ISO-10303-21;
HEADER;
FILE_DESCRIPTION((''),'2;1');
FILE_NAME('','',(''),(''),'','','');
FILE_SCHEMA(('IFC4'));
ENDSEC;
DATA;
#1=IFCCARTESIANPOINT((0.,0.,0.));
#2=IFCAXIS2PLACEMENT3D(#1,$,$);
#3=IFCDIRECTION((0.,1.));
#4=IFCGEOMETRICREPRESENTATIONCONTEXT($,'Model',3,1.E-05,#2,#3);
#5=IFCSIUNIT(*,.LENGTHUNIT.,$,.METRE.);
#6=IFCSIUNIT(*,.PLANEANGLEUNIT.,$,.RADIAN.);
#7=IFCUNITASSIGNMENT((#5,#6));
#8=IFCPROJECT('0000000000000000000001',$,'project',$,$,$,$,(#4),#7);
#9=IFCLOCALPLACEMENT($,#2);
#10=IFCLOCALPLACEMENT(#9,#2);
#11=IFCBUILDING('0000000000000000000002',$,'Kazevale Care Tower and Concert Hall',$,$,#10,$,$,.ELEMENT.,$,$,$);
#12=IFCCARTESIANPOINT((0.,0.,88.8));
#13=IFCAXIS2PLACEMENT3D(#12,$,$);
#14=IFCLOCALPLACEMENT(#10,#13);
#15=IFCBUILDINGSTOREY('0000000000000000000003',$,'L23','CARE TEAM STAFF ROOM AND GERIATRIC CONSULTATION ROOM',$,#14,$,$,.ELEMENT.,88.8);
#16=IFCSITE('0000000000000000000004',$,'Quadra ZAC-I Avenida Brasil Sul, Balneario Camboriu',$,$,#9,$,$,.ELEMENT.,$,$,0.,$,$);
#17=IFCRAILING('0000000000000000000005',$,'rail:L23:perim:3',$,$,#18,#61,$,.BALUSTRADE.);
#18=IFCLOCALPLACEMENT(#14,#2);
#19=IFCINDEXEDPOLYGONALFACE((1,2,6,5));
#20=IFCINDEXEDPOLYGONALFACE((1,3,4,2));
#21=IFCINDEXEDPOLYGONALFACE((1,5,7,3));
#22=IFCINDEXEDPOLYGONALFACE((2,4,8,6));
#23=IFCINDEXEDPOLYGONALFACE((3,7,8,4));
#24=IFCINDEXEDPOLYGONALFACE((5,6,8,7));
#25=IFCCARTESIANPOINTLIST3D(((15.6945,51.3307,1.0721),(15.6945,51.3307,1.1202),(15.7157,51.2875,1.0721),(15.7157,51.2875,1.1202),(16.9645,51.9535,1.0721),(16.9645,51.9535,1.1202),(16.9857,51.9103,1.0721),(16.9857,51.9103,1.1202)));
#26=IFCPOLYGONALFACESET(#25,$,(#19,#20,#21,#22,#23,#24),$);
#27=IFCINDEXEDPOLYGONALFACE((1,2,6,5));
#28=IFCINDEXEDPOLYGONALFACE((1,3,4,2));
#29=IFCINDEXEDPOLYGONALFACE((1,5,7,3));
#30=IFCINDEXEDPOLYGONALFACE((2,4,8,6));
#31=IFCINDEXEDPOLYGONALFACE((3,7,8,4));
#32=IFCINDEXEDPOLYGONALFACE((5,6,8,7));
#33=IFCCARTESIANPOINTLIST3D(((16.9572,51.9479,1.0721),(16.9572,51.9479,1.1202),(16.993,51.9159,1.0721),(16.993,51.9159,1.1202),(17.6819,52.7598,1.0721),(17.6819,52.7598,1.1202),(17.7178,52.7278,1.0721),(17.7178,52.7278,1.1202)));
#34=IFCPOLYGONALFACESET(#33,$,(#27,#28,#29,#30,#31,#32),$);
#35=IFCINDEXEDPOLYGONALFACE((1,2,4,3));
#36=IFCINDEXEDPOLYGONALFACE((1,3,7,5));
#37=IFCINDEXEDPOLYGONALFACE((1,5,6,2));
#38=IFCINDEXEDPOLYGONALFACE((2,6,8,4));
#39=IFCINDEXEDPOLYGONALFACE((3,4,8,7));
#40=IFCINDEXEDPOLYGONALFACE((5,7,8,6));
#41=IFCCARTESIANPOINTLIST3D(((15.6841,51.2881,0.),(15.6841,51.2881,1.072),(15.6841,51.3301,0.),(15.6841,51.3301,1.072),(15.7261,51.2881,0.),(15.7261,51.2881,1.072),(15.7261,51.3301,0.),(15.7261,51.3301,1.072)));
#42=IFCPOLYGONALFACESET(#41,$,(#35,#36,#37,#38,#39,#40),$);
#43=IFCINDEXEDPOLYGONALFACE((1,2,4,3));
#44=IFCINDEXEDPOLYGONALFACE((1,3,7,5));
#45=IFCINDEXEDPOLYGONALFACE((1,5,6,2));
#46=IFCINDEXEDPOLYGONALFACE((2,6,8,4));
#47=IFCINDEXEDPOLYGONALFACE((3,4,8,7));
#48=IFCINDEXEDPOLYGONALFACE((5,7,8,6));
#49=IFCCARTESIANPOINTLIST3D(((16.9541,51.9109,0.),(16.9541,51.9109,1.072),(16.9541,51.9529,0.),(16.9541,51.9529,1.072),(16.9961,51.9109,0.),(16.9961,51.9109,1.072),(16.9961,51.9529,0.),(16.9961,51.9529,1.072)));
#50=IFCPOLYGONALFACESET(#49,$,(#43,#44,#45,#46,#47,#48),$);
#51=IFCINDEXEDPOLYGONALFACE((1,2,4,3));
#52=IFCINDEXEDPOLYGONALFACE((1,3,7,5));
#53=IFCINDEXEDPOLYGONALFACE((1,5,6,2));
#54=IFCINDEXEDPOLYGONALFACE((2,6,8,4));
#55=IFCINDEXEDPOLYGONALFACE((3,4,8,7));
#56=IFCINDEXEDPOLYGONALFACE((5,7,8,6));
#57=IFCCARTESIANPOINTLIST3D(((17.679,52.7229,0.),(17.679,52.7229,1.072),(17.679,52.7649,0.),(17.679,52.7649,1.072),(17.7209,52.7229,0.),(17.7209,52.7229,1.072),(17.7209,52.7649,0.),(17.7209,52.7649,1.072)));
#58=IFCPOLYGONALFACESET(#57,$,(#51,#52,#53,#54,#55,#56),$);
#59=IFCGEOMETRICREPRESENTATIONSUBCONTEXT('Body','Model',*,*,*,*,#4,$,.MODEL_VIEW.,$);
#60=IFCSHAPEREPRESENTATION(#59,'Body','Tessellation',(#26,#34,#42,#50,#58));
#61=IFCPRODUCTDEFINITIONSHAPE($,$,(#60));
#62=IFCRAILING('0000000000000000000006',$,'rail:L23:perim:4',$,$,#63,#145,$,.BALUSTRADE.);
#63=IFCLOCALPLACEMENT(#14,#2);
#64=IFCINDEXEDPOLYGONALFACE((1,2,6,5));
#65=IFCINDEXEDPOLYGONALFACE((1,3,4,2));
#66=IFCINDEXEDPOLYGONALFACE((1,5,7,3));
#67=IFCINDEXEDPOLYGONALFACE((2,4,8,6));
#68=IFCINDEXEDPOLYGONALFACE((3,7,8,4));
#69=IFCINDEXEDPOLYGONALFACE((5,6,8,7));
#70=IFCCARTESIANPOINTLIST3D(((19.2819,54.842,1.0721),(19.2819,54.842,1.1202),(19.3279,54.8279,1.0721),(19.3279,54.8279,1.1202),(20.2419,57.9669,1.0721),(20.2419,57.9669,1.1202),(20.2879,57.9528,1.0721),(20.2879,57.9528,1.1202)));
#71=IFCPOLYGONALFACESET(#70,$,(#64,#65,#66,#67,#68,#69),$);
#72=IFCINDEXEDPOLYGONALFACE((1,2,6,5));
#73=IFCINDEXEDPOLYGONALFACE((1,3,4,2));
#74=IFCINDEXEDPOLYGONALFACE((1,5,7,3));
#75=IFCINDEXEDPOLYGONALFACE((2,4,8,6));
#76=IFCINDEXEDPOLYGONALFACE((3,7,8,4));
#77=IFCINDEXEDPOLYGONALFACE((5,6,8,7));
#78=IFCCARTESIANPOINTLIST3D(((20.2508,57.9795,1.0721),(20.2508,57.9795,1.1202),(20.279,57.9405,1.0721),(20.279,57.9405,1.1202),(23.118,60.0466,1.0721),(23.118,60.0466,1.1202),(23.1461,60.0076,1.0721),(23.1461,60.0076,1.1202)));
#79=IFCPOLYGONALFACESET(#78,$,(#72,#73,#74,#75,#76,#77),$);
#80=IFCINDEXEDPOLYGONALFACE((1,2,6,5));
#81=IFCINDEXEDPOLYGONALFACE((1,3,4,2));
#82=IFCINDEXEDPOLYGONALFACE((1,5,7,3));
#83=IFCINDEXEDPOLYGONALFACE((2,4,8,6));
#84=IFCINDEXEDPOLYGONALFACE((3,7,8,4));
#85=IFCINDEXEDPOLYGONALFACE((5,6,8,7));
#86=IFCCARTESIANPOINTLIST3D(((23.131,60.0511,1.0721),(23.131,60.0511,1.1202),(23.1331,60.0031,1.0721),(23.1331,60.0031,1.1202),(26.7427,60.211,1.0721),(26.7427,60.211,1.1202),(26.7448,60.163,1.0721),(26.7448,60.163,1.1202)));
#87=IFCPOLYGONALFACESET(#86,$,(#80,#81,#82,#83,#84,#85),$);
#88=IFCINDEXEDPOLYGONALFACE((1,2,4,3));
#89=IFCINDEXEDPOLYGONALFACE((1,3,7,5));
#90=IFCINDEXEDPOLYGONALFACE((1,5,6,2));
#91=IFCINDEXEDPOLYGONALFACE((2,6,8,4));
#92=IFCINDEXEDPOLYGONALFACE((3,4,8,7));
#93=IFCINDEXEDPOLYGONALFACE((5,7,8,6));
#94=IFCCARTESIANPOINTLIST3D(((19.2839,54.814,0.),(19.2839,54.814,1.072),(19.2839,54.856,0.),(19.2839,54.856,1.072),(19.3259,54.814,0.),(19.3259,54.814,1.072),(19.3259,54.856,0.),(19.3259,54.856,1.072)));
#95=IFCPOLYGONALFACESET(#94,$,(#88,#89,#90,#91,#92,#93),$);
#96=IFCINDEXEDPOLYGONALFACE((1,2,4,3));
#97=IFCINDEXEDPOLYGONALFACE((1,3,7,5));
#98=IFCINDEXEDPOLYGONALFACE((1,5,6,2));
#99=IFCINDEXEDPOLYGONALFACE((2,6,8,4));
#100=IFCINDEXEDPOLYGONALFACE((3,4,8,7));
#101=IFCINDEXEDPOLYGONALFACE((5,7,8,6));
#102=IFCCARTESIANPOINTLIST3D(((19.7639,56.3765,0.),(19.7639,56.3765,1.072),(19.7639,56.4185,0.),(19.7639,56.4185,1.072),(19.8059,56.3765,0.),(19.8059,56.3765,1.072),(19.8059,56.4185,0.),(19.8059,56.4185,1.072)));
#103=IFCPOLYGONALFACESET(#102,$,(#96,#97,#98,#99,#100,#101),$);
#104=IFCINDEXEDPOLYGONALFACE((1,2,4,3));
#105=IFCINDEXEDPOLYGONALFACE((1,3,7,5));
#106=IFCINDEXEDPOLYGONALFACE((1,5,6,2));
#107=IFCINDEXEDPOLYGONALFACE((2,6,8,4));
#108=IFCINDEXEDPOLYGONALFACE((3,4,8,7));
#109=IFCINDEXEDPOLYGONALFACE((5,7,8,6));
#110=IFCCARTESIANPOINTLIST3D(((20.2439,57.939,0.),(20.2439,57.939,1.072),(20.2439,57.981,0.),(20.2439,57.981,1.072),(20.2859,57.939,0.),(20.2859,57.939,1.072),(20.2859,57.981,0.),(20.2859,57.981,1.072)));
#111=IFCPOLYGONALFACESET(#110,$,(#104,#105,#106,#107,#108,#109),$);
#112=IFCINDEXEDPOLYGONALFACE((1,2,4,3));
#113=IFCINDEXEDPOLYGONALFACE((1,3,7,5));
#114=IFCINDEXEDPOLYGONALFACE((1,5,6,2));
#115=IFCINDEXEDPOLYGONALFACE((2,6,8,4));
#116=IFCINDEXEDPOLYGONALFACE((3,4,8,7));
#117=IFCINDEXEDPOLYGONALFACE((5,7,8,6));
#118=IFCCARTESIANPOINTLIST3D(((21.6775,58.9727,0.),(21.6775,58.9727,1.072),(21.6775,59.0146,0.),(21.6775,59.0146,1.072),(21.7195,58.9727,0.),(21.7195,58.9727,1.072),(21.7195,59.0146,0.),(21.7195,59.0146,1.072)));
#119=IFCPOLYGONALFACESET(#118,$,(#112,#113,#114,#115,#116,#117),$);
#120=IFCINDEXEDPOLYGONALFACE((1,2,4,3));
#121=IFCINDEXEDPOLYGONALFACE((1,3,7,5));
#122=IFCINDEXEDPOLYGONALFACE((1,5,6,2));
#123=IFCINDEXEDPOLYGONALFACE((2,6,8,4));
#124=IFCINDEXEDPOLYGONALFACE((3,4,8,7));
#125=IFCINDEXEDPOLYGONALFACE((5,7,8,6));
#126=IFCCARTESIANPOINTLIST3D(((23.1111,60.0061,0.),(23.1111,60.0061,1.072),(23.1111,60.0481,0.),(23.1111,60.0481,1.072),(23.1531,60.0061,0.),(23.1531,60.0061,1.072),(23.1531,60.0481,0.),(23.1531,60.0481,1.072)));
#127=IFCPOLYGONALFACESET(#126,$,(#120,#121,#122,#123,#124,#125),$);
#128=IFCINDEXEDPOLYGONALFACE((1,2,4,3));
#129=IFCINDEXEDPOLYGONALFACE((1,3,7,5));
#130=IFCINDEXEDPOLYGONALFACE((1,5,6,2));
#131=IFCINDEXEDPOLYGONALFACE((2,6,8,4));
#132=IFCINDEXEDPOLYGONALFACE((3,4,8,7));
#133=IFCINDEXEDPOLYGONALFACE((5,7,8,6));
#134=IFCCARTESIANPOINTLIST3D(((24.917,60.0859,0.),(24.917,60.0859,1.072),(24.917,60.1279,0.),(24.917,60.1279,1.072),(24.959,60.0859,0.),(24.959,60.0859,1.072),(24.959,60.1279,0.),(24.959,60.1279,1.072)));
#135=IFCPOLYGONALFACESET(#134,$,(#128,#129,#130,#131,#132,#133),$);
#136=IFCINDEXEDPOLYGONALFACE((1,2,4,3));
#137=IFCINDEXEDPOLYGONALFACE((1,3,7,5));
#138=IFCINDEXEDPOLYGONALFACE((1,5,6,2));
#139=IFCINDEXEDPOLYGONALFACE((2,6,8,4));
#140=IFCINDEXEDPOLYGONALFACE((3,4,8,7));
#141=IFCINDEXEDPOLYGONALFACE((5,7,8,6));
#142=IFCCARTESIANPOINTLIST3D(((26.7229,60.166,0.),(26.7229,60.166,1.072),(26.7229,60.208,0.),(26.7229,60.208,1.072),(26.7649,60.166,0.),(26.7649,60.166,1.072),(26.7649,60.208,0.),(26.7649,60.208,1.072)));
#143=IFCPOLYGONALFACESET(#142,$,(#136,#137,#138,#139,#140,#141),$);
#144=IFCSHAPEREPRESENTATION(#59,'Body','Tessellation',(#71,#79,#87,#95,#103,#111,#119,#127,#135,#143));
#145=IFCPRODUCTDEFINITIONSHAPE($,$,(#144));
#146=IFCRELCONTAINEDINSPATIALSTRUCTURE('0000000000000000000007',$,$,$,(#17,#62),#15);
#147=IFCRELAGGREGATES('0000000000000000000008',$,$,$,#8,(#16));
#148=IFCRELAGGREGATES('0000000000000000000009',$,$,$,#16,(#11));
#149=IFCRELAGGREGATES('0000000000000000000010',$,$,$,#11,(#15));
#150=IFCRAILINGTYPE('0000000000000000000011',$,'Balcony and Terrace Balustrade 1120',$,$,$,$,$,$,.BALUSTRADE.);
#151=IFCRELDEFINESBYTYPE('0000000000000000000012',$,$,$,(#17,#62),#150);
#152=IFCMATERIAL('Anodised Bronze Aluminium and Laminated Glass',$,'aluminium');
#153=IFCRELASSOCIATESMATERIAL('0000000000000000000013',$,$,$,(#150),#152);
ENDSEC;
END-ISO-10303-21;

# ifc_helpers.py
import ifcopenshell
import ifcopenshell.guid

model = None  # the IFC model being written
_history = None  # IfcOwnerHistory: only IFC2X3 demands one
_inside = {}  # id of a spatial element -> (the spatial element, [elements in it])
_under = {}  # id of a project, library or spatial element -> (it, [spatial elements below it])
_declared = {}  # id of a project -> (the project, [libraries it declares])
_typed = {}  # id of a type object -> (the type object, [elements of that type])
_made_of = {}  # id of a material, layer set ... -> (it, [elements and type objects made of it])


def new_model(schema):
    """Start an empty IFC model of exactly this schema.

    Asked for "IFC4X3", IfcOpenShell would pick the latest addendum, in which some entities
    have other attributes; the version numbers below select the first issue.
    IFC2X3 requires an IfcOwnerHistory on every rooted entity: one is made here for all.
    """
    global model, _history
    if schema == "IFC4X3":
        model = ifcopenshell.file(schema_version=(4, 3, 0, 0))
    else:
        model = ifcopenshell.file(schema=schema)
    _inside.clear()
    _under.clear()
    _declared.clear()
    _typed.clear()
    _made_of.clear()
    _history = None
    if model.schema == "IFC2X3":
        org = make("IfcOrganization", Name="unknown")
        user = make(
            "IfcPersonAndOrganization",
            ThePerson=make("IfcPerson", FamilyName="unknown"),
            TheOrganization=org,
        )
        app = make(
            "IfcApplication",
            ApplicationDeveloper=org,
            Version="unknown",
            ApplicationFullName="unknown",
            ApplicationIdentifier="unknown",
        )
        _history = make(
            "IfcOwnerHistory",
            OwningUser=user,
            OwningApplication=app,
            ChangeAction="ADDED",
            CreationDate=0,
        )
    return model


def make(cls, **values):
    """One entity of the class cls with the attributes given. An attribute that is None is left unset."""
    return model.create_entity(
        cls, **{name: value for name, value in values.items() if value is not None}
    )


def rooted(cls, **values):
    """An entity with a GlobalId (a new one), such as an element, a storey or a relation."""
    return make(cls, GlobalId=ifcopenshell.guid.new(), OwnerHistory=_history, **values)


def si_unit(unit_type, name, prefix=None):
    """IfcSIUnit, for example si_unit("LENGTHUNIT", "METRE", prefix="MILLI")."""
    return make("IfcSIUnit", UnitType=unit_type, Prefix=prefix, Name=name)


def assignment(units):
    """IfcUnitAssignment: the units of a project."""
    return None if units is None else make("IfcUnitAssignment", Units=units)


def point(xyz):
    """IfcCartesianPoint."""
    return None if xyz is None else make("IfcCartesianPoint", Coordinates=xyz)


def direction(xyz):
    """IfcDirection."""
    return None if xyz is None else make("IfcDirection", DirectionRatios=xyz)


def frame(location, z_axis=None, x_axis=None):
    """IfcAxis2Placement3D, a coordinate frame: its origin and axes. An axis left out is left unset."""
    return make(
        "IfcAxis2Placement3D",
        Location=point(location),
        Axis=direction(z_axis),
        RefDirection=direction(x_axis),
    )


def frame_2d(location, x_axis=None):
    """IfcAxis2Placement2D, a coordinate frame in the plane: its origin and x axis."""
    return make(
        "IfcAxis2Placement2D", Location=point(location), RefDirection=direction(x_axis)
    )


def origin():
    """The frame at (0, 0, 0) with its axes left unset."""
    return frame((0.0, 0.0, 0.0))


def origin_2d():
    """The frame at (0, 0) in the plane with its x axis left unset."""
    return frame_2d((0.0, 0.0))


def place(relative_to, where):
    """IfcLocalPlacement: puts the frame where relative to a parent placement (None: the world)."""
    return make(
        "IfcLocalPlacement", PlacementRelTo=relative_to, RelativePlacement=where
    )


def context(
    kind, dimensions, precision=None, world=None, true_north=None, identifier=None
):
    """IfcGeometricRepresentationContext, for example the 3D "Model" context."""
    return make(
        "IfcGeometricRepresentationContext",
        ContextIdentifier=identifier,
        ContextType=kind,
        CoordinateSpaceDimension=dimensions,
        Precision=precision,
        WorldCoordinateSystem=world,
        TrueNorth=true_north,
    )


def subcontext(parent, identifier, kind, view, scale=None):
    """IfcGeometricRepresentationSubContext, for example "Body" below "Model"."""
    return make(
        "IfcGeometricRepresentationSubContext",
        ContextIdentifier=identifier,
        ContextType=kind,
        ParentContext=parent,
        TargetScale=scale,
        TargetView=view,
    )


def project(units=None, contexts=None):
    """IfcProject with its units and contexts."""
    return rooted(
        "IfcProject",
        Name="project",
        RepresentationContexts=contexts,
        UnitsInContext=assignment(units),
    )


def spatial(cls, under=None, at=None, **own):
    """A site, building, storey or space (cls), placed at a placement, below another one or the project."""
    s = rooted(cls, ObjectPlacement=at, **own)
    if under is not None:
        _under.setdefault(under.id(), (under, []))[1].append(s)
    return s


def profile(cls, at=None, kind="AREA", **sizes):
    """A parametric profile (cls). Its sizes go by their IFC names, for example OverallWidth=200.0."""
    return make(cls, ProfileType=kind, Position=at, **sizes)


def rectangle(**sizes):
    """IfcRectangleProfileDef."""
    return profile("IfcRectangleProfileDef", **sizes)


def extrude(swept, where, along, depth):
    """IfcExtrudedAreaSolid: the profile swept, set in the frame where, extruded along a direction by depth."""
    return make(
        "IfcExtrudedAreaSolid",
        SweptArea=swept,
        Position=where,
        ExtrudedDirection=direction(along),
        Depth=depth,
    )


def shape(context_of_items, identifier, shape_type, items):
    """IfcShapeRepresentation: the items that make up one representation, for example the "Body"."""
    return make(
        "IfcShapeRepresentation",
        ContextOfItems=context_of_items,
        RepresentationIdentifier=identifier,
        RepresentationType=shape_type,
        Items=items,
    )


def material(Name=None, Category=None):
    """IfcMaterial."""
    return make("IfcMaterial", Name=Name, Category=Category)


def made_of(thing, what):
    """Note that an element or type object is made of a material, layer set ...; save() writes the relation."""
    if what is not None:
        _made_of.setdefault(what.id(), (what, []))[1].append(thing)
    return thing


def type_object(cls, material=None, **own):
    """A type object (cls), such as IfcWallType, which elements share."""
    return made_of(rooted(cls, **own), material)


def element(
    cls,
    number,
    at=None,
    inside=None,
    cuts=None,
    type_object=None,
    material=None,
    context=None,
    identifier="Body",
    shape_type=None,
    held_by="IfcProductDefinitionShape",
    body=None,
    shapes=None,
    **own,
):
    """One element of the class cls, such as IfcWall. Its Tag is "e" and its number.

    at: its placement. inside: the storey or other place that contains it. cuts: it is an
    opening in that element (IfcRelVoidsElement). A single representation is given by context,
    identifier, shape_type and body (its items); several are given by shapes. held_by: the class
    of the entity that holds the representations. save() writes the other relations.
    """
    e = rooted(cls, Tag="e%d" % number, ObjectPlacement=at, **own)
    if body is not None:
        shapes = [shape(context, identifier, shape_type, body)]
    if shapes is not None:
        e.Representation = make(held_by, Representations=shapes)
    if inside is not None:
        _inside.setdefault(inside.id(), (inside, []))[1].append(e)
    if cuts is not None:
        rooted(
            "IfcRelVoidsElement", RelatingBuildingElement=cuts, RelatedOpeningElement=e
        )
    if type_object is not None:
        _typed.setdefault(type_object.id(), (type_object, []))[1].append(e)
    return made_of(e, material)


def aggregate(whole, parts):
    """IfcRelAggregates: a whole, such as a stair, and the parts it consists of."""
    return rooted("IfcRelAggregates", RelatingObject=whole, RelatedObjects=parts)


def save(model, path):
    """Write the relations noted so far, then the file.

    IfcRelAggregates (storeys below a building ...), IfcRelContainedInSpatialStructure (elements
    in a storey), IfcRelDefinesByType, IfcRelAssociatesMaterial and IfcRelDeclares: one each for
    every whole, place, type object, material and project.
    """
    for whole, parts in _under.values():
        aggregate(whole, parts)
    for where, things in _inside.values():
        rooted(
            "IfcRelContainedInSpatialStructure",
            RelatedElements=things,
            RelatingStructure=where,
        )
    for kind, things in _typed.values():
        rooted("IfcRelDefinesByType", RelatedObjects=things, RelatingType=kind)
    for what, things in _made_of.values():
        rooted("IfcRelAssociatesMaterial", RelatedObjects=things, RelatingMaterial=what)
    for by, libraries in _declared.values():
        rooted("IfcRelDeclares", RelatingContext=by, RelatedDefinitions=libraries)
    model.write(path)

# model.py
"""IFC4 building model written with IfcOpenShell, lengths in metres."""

from ifc_helpers import new_model, si_unit, direction, frame, origin, origin_2d, place, context, subcontext, project, spatial, rectangle, extrude, material, type_object, element, save


model = new_model("IFC4")

# Units and contexts
model_context = context("Model", 3, precision=1e-05, world=origin(), true_north=direction((0.0, 1.0)))
body_context = subcontext(model_context, "Body", "Model", "MODEL_VIEW")
ifc_project = project(units=[si_unit("LENGTHUNIT", "METRE"), si_unit("PLANEANGLEUNIT", "RADIAN")], contexts=[model_context])

# Site, building, storey
site_placement = place(None, origin())
site = spatial("IfcSite", under=ifc_project, at=site_placement, Name="Quadra ZAC-I Avenida Brasil Sul, Balneario Camboriu", CompositionType="ELEMENT", RefElevation=0.0)
building_placement = place(site_placement, origin())
building = spatial("IfcBuilding", under=site, at=building_placement, Name="Kazevale Care Tower and Concert Hall", CompositionType="ELEMENT")
storey_placement = place(building_placement, frame((0.0, 0.0, 88.8)))
storey = spatial("IfcBuildingStorey", under=building, at=storey_placement, Name="L23", Description="CARE TEAM STAFF ROOM AND GERIATRIC CONSULTATION ROOM", CompositionType="ELEMENT", Elevation=88.8)

# Railings
ifc_material_1 = material(Name="Anodised Bronze Aluminium and Laminated Glass", Category="aluminium")
railing_type = type_object("IfcRailingType", Name="Balcony and Terrace Balustrade 1120", PredefinedType="BALUSTRADE", material=ifc_material_1)
railing_1_placement = place(storey_placement, frame((15.7051, 51.3091, 0.0)))
element("IfcRailing", 1, at=railing_1_placement, inside=storey, type_object=railing_type, Name="rail:L23:perim:3", PredefinedType="BALUSTRADE", context=body_context, shape_type="SweptSolid", body=[
    extrude(rectangle(XDim=0.0481, YDim=0.0481, at=origin_2d()), frame((0.0, 0.0, 1.0962), z_axis=(0.897852, 0.440296, 0.0), x_axis=(-0.440296, 0.897852, 0.0)), (0.0, 0.0, 1.0), 1.4146),
    extrude(rectangle(XDim=0.0481, YDim=0.0481, at=origin_2d()), frame((1.27, 0.6228, 1.0962), z_axis=(0.665936, 0.746009, 0.0), x_axis=(-0.746009, 0.665936, 0.0)), (0.0, 0.0, 1.0), 1.0884),
    extrude(rectangle(XDim=0.042, YDim=0.042, at=origin_2d()), origin(), (0.0, 0.0, 1.0), 1.072),
    extrude(rectangle(XDim=0.042, YDim=0.042, at=origin_2d()), frame((1.27, 0.6228, 0.0)), (0.0, 0.0, 1.0), 1.072),
    extrude(rectangle(XDim=0.042, YDim=0.042, at=origin_2d()), frame((1.9949, 1.4348, 0.0)), (0.0, 0.0, 1.0), 1.072),
])
railing_2_placement = place(storey_placement, frame((19.3049, 54.835, 0.0)))
element("IfcRailing", 2, at=railing_2_placement, inside=storey, type_object=railing_type, Name="rail:L23:perim:4", PredefinedType="BALUSTRADE", context=body_context, shape_type="SweptSolid", body=[
    extrude(rectangle(XDim=0.0481, YDim=0.0481, at=origin_2d()), frame((0.0, 0.0, 1.0962), z_axis=(0.293645, 0.955915, 0.0), x_axis=(-0.955915, 0.293645, 0.0)), (0.0, 0.0, 1.0), 3.269),
    extrude(rectangle(XDim=0.0481, YDim=0.0481, at=origin_2d()), frame((0.96, 3.125, 1.0962), z_axis=(0.811163, 0.58482, 0.0), x_axis=(-0.58482, 0.811163, 0.0)), (0.0, 0.0, 1.0), 3.5347),
    extrude(rectangle(XDim=0.0481, YDim=0.0481, at=origin_2d()), frame((3.8271, 5.1921, 1.0962), z_axis=(0.999021, 0.044231, 0.0), x_axis=(-0.044231, 0.999021, 0.0)), (0.0, 0.0, 1.0), 3.6152),
    extrude(rectangle(XDim=0.042, YDim=0.042, at=origin_2d()), origin(), (0.0, 0.0, 1.0), 1.072),
    extrude(rectangle(XDim=0.042, YDim=0.042, at=origin_2d()), frame((0.48, 1.5625, 0.0)), (0.0, 0.0, 1.0), 1.072),
    extrude(rectangle(XDim=0.042, YDim=0.042, at=origin_2d()), frame((0.96, 3.125, 0.0)), (0.0, 0.0, 1.0), 1.072),
    extrude(rectangle(XDim=0.042, YDim=0.042, at=origin_2d()), frame((2.3936, 4.1587, 0.0)), (0.0, 0.0, 1.0), 1.072),
    extrude(rectangle(XDim=0.042, YDim=0.042, at=origin_2d()), frame((3.8271, 5.1921, 0.0)), (0.0, 0.0, 1.0), 1.072),
    extrude(rectangle(XDim=0.042, YDim=0.042, at=origin_2d()), frame((5.6331, 5.272, 0.0)), (0.0, 0.0, 1.0), 1.072),
    extrude(rectangle(XDim=0.042, YDim=0.042, at=origin_2d()), frame((7.439, 5.3521, 0.0)), (0.0, 0.0, 1.0), 1.072),
])

save(model, "model.ifc")
